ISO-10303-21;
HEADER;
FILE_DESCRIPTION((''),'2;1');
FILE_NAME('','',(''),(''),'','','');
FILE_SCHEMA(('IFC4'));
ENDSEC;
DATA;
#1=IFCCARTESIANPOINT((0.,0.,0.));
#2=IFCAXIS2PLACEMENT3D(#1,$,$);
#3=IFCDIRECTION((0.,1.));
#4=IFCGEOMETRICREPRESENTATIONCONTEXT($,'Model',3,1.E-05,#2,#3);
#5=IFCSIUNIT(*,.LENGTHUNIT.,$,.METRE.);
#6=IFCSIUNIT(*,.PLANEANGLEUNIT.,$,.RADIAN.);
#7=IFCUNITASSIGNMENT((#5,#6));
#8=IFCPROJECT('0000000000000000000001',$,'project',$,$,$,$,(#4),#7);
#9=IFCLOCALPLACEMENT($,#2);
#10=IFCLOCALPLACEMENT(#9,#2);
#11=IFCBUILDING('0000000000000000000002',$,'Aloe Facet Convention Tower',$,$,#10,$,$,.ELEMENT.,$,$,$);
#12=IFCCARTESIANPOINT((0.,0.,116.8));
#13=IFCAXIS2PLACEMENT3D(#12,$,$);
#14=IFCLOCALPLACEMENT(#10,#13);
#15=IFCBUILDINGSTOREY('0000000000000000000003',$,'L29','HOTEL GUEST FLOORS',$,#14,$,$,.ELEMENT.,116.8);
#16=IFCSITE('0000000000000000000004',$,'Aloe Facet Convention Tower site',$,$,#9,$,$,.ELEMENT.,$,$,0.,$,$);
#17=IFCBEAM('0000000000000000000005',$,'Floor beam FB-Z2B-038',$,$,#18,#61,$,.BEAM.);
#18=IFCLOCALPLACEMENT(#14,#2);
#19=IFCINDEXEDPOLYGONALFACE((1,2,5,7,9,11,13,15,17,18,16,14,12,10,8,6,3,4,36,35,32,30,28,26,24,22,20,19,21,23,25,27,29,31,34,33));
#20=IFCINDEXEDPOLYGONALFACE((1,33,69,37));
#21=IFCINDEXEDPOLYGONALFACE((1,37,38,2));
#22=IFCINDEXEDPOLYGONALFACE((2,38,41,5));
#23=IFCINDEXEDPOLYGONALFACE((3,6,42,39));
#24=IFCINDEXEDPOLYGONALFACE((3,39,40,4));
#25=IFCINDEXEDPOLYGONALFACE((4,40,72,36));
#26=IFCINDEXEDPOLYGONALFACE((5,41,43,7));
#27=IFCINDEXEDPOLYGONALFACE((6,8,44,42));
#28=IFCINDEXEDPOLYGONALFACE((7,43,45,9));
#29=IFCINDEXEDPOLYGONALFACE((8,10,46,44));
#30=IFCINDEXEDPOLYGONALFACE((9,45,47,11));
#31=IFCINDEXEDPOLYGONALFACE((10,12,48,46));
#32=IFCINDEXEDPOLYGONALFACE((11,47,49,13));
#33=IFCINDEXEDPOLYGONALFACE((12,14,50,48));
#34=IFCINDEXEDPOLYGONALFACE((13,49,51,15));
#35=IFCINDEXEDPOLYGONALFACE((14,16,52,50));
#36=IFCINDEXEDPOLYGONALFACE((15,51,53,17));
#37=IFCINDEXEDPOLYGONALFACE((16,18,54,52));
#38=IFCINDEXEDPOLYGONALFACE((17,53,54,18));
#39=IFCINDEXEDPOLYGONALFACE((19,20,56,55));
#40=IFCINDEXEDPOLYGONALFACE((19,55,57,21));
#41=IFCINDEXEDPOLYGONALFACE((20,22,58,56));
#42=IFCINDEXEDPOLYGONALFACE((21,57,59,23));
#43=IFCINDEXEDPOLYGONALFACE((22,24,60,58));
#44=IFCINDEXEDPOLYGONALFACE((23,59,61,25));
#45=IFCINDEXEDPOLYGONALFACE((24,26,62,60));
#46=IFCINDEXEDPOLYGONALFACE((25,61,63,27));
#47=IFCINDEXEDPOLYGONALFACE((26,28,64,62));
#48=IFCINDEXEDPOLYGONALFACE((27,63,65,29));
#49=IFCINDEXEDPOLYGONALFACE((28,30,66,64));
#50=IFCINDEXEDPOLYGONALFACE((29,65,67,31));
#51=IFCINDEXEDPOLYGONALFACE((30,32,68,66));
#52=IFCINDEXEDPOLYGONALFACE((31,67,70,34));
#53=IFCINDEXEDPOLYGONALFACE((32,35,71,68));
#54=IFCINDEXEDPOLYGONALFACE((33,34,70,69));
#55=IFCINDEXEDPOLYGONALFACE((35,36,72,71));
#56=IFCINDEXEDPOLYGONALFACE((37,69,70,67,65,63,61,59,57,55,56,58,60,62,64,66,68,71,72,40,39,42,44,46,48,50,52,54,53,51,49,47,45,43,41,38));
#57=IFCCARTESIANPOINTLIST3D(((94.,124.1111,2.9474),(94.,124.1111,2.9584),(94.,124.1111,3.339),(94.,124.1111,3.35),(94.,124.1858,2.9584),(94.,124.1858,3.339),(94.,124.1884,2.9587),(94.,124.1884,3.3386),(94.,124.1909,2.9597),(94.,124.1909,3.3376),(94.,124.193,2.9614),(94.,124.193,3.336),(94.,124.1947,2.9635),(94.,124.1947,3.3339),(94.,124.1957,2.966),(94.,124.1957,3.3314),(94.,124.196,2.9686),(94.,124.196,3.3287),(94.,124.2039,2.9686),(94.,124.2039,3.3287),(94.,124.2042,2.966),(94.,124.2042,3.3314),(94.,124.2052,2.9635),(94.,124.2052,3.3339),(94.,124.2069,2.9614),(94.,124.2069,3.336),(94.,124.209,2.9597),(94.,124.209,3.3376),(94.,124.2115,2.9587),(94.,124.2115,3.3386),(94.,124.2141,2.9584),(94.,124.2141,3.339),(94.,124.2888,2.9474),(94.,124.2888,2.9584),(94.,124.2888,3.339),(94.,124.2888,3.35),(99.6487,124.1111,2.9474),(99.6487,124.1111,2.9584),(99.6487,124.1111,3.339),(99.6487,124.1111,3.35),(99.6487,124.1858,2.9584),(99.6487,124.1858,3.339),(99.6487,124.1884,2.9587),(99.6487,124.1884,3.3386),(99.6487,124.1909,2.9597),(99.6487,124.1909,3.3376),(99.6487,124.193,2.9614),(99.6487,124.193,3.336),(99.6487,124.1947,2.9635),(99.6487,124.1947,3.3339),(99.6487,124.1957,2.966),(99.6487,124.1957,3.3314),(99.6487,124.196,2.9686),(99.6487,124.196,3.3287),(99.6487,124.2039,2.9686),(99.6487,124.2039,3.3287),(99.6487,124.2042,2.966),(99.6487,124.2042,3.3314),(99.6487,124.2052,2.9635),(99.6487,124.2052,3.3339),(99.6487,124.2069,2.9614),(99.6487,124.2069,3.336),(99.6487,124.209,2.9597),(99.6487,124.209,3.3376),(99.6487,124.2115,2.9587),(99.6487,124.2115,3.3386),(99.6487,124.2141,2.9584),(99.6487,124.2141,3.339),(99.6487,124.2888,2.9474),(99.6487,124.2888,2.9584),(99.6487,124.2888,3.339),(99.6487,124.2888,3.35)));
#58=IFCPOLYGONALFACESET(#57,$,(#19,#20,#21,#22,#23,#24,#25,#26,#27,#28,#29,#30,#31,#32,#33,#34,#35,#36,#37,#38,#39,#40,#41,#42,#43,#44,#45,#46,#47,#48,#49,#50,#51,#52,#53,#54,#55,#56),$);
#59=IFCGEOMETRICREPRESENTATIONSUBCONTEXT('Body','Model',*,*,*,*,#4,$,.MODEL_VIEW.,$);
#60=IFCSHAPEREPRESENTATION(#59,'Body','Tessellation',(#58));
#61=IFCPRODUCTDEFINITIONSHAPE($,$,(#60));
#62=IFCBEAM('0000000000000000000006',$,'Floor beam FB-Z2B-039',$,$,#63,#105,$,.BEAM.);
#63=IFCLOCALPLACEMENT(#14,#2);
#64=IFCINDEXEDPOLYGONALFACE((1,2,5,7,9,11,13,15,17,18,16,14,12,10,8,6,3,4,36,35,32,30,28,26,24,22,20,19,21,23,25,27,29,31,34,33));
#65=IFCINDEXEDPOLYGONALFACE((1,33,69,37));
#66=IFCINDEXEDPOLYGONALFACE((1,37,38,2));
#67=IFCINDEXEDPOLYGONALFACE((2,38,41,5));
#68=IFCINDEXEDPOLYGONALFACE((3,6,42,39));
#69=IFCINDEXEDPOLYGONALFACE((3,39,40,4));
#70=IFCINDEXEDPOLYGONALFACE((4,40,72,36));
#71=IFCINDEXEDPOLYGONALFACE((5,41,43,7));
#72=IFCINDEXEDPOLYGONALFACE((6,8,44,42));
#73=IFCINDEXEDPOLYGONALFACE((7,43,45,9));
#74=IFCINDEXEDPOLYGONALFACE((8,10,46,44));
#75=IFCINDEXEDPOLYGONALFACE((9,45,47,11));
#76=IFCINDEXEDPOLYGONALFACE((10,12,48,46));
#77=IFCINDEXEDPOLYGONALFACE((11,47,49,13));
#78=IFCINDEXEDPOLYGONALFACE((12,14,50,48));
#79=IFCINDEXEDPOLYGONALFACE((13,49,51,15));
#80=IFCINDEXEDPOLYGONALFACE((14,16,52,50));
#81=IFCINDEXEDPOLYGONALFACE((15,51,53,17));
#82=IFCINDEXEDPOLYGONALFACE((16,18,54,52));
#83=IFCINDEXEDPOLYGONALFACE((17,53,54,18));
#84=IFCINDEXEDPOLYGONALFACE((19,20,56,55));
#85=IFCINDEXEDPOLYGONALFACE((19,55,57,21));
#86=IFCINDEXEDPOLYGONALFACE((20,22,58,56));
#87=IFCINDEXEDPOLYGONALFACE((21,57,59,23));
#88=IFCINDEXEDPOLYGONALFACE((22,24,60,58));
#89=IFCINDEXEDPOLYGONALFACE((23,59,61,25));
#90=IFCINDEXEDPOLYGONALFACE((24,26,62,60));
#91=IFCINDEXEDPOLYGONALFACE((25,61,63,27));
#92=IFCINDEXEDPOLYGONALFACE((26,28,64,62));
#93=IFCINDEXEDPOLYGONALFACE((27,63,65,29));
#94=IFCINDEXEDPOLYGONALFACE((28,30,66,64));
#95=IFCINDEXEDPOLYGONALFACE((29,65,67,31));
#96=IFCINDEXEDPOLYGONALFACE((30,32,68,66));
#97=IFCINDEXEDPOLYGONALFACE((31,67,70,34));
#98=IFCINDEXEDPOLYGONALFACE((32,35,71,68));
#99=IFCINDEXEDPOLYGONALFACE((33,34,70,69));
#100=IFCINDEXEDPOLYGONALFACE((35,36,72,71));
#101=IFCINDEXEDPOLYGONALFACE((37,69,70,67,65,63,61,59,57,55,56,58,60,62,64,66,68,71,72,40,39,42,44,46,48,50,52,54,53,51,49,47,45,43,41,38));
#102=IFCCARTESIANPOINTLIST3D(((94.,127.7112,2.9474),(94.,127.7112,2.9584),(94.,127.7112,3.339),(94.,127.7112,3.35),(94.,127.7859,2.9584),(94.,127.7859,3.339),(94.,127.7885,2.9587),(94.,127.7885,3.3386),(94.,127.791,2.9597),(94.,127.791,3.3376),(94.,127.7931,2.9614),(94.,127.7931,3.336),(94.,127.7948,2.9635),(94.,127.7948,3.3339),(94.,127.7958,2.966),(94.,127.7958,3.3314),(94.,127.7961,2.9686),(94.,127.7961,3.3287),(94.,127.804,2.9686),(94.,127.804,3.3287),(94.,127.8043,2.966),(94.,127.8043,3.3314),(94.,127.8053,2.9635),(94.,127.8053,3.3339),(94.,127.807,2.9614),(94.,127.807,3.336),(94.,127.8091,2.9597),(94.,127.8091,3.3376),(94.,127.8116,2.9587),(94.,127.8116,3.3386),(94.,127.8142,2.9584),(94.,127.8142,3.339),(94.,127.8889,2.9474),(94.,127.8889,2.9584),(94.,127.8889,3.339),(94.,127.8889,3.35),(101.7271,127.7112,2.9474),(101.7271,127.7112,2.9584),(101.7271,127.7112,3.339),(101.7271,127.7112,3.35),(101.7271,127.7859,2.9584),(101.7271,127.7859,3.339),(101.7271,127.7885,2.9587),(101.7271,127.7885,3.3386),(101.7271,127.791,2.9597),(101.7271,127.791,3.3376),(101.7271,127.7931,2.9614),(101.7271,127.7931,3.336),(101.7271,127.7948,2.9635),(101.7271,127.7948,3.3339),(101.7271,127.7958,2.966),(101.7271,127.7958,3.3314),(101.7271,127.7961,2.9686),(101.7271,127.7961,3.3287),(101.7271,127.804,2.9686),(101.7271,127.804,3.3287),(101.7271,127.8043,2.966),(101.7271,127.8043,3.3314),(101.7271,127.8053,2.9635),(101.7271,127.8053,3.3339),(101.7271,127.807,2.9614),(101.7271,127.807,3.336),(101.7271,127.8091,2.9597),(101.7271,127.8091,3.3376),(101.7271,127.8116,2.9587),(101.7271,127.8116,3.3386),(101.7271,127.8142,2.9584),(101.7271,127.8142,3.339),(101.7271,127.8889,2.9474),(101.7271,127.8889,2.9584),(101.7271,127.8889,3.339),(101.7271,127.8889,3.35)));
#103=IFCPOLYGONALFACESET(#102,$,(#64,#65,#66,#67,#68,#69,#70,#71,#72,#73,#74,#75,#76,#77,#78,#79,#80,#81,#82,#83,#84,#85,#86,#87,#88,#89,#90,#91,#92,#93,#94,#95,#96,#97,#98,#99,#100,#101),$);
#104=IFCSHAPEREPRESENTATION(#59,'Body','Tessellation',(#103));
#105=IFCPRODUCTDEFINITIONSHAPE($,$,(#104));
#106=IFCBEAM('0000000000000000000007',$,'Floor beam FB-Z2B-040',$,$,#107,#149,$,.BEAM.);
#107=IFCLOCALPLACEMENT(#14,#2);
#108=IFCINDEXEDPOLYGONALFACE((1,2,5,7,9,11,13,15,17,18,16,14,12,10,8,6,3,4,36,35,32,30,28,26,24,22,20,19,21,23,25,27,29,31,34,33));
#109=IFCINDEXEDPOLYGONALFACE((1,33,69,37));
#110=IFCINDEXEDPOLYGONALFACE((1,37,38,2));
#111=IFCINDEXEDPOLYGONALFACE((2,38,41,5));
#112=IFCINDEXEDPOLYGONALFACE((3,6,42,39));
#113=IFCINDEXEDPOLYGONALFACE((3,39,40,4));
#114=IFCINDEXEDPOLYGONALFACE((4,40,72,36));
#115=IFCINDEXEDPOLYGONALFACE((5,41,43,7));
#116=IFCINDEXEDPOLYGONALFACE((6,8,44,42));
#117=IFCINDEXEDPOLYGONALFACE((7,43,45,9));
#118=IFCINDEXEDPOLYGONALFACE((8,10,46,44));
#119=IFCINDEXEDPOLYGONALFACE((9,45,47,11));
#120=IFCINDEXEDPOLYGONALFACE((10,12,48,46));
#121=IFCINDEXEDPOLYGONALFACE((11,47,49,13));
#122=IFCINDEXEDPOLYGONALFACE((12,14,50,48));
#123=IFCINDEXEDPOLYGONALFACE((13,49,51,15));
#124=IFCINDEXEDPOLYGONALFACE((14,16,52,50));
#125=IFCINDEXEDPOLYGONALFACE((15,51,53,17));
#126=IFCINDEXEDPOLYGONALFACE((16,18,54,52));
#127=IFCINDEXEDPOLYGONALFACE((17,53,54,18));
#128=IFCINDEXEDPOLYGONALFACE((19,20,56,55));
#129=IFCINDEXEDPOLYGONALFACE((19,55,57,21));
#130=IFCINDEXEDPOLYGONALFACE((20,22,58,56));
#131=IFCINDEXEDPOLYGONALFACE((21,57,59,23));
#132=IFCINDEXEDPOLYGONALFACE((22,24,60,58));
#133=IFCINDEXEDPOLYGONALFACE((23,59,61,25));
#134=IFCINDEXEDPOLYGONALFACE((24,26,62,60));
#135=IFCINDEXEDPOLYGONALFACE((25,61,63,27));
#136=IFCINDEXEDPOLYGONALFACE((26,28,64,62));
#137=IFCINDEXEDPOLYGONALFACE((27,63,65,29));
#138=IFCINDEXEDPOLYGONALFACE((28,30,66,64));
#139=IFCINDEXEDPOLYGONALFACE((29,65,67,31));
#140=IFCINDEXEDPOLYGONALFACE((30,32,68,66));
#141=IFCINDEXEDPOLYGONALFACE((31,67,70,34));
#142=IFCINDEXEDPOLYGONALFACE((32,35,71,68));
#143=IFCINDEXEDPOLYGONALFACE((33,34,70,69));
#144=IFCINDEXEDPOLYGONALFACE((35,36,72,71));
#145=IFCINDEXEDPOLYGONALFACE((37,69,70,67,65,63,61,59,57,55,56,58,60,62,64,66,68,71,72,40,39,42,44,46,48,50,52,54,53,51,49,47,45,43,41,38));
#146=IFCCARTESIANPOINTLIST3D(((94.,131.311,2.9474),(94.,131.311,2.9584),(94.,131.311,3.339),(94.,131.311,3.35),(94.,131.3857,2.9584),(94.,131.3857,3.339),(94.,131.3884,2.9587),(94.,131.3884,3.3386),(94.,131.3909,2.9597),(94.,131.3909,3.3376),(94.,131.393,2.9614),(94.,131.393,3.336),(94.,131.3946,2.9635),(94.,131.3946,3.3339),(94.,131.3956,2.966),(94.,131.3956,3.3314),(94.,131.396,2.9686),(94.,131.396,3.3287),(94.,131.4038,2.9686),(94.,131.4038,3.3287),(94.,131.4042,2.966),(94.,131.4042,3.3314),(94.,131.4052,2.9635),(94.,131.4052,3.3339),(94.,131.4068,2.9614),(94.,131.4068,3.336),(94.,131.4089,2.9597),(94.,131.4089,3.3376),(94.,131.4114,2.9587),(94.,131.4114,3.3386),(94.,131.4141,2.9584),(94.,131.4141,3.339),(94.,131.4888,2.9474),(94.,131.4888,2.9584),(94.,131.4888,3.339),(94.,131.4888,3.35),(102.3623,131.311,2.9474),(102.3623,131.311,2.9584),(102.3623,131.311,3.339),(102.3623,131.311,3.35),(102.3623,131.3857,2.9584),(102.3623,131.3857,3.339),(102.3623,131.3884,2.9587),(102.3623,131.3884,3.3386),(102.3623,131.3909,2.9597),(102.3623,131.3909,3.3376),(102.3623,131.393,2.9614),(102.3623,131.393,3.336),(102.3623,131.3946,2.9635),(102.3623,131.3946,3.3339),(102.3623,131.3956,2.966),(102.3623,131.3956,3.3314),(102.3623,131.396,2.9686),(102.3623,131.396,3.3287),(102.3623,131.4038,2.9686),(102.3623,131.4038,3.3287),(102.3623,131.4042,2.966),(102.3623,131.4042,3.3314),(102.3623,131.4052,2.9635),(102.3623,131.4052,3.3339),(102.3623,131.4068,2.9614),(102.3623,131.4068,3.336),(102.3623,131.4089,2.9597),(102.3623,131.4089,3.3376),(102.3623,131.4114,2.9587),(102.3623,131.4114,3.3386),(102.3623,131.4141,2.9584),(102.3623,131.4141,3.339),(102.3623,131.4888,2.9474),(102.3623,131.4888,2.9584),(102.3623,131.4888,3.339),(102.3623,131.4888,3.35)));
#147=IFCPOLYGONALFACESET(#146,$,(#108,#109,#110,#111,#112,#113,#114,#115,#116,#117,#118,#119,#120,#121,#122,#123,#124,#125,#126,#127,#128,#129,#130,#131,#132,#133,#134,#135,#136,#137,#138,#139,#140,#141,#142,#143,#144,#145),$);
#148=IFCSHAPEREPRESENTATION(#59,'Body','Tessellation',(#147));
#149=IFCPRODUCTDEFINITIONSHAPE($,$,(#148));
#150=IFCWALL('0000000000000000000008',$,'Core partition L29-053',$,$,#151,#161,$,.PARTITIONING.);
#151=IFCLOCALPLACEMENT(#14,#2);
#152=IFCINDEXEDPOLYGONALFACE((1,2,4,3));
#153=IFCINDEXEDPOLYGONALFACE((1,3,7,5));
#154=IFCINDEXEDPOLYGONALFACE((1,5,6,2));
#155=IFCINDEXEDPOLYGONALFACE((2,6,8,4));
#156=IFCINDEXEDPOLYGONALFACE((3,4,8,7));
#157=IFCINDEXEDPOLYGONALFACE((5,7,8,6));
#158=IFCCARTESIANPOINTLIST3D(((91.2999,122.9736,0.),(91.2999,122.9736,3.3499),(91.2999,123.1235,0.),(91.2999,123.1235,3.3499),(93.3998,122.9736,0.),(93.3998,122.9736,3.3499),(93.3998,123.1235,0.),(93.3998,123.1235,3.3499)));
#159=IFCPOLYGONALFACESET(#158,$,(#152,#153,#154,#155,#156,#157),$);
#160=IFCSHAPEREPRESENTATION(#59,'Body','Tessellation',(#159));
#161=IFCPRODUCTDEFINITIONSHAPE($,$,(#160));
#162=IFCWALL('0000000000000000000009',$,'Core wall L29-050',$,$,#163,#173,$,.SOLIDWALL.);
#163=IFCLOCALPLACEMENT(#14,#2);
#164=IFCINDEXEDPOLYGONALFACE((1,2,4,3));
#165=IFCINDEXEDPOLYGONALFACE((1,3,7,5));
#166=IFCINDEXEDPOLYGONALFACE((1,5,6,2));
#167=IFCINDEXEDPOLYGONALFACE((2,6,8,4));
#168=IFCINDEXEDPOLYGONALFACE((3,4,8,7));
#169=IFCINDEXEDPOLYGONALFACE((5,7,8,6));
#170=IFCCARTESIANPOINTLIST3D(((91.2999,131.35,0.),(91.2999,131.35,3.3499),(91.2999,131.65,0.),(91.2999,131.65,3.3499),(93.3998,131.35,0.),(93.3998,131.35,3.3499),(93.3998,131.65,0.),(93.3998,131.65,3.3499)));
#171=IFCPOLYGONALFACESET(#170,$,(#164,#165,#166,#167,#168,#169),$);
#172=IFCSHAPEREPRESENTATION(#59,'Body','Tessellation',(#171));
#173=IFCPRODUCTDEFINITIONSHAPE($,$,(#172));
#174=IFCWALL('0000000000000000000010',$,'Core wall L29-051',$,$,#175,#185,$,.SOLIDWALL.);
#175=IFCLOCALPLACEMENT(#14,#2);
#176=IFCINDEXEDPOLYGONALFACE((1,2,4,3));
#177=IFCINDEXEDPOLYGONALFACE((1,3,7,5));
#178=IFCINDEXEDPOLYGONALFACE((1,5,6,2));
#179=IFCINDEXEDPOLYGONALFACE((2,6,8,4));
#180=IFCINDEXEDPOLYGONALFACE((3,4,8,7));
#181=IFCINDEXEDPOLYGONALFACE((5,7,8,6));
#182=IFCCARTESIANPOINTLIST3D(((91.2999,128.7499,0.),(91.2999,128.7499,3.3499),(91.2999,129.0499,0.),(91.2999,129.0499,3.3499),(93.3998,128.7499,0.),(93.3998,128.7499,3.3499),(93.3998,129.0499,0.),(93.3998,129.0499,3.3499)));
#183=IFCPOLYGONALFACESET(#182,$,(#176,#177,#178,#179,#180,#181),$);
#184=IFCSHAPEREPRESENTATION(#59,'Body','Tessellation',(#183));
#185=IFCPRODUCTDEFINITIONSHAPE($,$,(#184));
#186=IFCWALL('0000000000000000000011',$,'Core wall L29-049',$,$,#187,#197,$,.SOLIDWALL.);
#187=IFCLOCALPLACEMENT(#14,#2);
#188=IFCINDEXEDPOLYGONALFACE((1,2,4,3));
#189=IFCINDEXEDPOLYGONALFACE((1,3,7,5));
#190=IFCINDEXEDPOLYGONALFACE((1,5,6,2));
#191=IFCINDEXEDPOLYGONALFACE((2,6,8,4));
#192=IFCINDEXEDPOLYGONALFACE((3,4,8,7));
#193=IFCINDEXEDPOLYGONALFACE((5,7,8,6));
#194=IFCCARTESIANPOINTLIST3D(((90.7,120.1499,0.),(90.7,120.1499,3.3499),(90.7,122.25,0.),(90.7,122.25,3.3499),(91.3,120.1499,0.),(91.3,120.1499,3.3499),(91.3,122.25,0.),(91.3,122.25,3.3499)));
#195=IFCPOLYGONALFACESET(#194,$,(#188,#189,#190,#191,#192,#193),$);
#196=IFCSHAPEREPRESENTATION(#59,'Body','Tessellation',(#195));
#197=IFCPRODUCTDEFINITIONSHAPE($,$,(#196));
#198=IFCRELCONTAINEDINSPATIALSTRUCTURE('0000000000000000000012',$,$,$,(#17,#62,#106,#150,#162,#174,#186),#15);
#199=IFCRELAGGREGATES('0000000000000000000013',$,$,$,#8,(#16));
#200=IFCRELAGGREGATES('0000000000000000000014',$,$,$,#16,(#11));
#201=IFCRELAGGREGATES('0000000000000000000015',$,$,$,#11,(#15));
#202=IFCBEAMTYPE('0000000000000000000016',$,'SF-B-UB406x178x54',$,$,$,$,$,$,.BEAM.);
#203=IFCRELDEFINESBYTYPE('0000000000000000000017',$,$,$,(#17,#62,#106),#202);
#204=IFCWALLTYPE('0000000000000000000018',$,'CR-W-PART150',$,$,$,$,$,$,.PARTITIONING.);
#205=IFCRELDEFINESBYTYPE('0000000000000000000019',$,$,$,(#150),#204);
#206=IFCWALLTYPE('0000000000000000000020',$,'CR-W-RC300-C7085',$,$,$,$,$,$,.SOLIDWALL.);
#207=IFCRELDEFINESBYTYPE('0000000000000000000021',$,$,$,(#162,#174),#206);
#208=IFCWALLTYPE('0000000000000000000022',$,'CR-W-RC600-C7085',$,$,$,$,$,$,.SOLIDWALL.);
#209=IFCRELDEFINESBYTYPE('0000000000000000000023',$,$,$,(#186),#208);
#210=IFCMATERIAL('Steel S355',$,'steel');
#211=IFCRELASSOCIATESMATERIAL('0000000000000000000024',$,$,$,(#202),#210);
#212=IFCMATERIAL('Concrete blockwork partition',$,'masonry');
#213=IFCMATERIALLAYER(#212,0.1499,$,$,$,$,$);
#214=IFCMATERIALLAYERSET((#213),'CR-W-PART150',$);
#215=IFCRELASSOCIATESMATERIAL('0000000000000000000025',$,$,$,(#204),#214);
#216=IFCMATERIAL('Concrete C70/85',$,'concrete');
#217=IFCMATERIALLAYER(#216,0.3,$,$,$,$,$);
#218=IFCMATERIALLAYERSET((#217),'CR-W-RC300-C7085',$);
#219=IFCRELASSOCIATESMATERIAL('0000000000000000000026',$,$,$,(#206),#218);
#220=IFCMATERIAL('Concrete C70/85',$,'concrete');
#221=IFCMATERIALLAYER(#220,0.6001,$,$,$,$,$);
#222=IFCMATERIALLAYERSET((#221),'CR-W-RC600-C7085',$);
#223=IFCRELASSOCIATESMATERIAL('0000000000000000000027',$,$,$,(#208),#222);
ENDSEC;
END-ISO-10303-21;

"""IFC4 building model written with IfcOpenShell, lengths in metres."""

from ifc_helpers import new_model, si_unit, direction, frame, frame_2d, origin, origin_2d, place, context, subcontext, project, spatial, rectangle, i_section, extrude, material, layer, layer_set, material_profile, profile_set, type_object, element, save


model = new_model("IFC4")

# Units and contexts
model_context = context("Model", 3, precision=1e-05, world=origin(), true_north=direction((0.0, 1.0)))
body_context = subcontext(model_context, "Body", "Model", "MODEL_VIEW")
ifc_project = project(units=[si_unit("LENGTHUNIT", "METRE"), si_unit("PLANEANGLEUNIT", "RADIAN")], contexts=[model_context])

# Site, building, storey
site_placement = place(None, origin())
site = spatial("IfcSite", under=ifc_project, at=site_placement, Name="Aloe Facet Convention Tower site", CompositionType="ELEMENT", RefElevation=0.0)
building_placement = place(site_placement, origin())
building = spatial("IfcBuilding", under=site, at=building_placement, Name="Aloe Facet Convention Tower", CompositionType="ELEMENT")
storey_placement = place(building_placement, frame((0.0, 0.0, 116.8)))
storey = spatial("IfcBuildingStorey", under=building, at=storey_placement, Name="L29", Description="HOTEL GUEST FLOORS", CompositionType="ELEMENT", Elevation=116.8)

# Beams
ifc_material_1 = material(Name="Steel S355", Category="steel")
ifc_material_profile = material_profile(ifc_material_1, i_section(OverallWidth=0.1777, OverallDepth=0.4026, WebThickness=0.0078, FlangeThickness=0.011, FilletRadius=0.0103, at=origin_2d()), Name="UB 406x178x54")
ifc_profile_set = profile_set([ifc_material_profile], Name="Steel S355")
beam_type = type_object("IfcBeamType", Name="SF-B-UB406x178x54", PredefinedType="BEAM", material=ifc_profile_set)
beam_1_placement = place(storey_placement, frame((94.0, 124.2, 3.1487), z_axis=(1.0, 0.0, 0.0), x_axis=(0.0, 1.0, 0.0)))
element("IfcBeam", 1, at=beam_1_placement, inside=storey, type_object=beam_type, Name="Floor beam FB-Z2B-038", PredefinedType="BEAM", context=body_context, shape_type="SweptSolid", body=[
    extrude(i_section(OverallWidth=0.1777, OverallDepth=0.4026, WebThickness=0.0078, FlangeThickness=0.011, FilletRadius=0.0103, at=origin_2d()), origin(), (0.0, 0.0, 1.0), 5.6487),
])
beam_2_placement = place(storey_placement, frame((94.0, 127.8, 3.1487), z_axis=(1.0, 0.0, 0.0), x_axis=(0.0, 1.0, 0.0)))
element("IfcBeam", 2, at=beam_2_placement, inside=storey, type_object=beam_type, Name="Floor beam FB-Z2B-039", PredefinedType="BEAM", context=body_context, shape_type="SweptSolid", body=[
    extrude(i_section(OverallWidth=0.1777, OverallDepth=0.4026, WebThickness=0.0078, FlangeThickness=0.011, FilletRadius=0.0103, at=origin_2d()), origin(), (0.0, 0.0, 1.0), 7.7271),
])
beam_3_placement = place(storey_placement, frame((94.0, 131.3999, 3.1487), z_axis=(1.0, 0.0, 0.0), x_axis=(0.0, 1.0, 0.0)))
element("IfcBeam", 3, at=beam_3_placement, inside=storey, type_object=beam_type, Name="Floor beam FB-Z2B-040", PredefinedType="BEAM", context=body_context, shape_type="SweptSolid", body=[
    extrude(i_section(OverallWidth=0.1777, OverallDepth=0.4026, WebThickness=0.0078, FlangeThickness=0.011, FilletRadius=0.0103, at=origin_2d()), origin(), (0.0, 0.0, 1.0), 8.3623),
])

# Walls
ifc_material_2 = material(Name="Concrete blockwork partition", Category="masonry")
ifc_layer_1 = layer(ifc_material_2, 0.1499)
ifc_layer_set_1 = layer_set([ifc_layer_1], Name="CR-W-PART150")
wall_type_1 = type_object("IfcWallType", Name="CR-W-PART150", PredefinedType="PARTITIONING", material=ifc_layer_set_1)
wall_1_placement = place(storey_placement, frame((91.3, 123.0486, 0.0), z_axis=(0.0, 0.0, 1.0), x_axis=(1.0, 0.0, 0.0)))
element("IfcWall", 4, at=wall_1_placement, inside=storey, type_object=wall_type_1, Name="Core partition L29-053", PredefinedType="PARTITIONING", context=body_context, shape_type="SweptSolid", body=[
    extrude(rectangle(XDim=2.0999, YDim=0.1499, at=frame_2d((1.0498, 0.0))), origin(), (0.0, 0.0, 1.0), 3.3499),
])
ifc_material_3 = material(Name="Concrete C70/85", Category="concrete")
ifc_layer_2 = layer(ifc_material_3, 0.3)
ifc_layer_set_2 = layer_set([ifc_layer_2], Name="CR-W-RC300-C7085")
wall_type_2 = type_object("IfcWallType", Name="CR-W-RC300-C7085", PredefinedType="SOLIDWALL", material=ifc_layer_set_2)
for number, where, z_axis, x_axis, name in (
    (5, (91.3, 131.5, 0.0), (0.0, 0.0, 1.0), (1.0, 0.0, 0.0), "Core wall L29-050"),
    (6, (91.3, 128.8999, 0.0), (0.0, 0.0, 1.0), (1.0, 0.0, 0.0), "Core wall L29-051"),
):
    element("IfcWall", number, at=place(storey_placement, frame(where, z_axis=z_axis, x_axis=x_axis)), inside=storey, type_object=wall_type_2, Name=name, PredefinedType="SOLIDWALL", context=body_context, shape_type="SweptSolid", body=[
        extrude(rectangle(XDim=2.0999, YDim=0.3, at=frame_2d((1.0498, 0.0))), origin(), (0.0, 0.0, 1.0), 3.3499),
    ])
ifc_material_4 = material(Name="Concrete C70/85", Category="concrete")
ifc_layer_3 = layer(ifc_material_4, 0.6001)
ifc_layer_set_3 = layer_set([ifc_layer_3], Name="CR-W-RC600-C7085")
wall_type_3 = type_object("IfcWallType", Name="CR-W-RC600-C7085", PredefinedType="SOLIDWALL", material=ifc_layer_set_3)
wall_2_placement = place(storey_placement, frame((91.0, 122.25, 0.0), z_axis=(0.0, 0.0, 1.0), x_axis=(0.0, -1.0, 0.0)))
element("IfcWall", 7, at=wall_2_placement, inside=storey, type_object=wall_type_3, Name="Core wall L29-049", PredefinedType="SOLIDWALL", context=body_context, shape_type="SweptSolid", body=[
    extrude(rectangle(XDim=2.1001, YDim=0.6001, at=frame_2d((1.05, 0.0))), origin(), (0.0, 0.0, 1.0), 3.3499),
])

save(model, "model.ifc")
